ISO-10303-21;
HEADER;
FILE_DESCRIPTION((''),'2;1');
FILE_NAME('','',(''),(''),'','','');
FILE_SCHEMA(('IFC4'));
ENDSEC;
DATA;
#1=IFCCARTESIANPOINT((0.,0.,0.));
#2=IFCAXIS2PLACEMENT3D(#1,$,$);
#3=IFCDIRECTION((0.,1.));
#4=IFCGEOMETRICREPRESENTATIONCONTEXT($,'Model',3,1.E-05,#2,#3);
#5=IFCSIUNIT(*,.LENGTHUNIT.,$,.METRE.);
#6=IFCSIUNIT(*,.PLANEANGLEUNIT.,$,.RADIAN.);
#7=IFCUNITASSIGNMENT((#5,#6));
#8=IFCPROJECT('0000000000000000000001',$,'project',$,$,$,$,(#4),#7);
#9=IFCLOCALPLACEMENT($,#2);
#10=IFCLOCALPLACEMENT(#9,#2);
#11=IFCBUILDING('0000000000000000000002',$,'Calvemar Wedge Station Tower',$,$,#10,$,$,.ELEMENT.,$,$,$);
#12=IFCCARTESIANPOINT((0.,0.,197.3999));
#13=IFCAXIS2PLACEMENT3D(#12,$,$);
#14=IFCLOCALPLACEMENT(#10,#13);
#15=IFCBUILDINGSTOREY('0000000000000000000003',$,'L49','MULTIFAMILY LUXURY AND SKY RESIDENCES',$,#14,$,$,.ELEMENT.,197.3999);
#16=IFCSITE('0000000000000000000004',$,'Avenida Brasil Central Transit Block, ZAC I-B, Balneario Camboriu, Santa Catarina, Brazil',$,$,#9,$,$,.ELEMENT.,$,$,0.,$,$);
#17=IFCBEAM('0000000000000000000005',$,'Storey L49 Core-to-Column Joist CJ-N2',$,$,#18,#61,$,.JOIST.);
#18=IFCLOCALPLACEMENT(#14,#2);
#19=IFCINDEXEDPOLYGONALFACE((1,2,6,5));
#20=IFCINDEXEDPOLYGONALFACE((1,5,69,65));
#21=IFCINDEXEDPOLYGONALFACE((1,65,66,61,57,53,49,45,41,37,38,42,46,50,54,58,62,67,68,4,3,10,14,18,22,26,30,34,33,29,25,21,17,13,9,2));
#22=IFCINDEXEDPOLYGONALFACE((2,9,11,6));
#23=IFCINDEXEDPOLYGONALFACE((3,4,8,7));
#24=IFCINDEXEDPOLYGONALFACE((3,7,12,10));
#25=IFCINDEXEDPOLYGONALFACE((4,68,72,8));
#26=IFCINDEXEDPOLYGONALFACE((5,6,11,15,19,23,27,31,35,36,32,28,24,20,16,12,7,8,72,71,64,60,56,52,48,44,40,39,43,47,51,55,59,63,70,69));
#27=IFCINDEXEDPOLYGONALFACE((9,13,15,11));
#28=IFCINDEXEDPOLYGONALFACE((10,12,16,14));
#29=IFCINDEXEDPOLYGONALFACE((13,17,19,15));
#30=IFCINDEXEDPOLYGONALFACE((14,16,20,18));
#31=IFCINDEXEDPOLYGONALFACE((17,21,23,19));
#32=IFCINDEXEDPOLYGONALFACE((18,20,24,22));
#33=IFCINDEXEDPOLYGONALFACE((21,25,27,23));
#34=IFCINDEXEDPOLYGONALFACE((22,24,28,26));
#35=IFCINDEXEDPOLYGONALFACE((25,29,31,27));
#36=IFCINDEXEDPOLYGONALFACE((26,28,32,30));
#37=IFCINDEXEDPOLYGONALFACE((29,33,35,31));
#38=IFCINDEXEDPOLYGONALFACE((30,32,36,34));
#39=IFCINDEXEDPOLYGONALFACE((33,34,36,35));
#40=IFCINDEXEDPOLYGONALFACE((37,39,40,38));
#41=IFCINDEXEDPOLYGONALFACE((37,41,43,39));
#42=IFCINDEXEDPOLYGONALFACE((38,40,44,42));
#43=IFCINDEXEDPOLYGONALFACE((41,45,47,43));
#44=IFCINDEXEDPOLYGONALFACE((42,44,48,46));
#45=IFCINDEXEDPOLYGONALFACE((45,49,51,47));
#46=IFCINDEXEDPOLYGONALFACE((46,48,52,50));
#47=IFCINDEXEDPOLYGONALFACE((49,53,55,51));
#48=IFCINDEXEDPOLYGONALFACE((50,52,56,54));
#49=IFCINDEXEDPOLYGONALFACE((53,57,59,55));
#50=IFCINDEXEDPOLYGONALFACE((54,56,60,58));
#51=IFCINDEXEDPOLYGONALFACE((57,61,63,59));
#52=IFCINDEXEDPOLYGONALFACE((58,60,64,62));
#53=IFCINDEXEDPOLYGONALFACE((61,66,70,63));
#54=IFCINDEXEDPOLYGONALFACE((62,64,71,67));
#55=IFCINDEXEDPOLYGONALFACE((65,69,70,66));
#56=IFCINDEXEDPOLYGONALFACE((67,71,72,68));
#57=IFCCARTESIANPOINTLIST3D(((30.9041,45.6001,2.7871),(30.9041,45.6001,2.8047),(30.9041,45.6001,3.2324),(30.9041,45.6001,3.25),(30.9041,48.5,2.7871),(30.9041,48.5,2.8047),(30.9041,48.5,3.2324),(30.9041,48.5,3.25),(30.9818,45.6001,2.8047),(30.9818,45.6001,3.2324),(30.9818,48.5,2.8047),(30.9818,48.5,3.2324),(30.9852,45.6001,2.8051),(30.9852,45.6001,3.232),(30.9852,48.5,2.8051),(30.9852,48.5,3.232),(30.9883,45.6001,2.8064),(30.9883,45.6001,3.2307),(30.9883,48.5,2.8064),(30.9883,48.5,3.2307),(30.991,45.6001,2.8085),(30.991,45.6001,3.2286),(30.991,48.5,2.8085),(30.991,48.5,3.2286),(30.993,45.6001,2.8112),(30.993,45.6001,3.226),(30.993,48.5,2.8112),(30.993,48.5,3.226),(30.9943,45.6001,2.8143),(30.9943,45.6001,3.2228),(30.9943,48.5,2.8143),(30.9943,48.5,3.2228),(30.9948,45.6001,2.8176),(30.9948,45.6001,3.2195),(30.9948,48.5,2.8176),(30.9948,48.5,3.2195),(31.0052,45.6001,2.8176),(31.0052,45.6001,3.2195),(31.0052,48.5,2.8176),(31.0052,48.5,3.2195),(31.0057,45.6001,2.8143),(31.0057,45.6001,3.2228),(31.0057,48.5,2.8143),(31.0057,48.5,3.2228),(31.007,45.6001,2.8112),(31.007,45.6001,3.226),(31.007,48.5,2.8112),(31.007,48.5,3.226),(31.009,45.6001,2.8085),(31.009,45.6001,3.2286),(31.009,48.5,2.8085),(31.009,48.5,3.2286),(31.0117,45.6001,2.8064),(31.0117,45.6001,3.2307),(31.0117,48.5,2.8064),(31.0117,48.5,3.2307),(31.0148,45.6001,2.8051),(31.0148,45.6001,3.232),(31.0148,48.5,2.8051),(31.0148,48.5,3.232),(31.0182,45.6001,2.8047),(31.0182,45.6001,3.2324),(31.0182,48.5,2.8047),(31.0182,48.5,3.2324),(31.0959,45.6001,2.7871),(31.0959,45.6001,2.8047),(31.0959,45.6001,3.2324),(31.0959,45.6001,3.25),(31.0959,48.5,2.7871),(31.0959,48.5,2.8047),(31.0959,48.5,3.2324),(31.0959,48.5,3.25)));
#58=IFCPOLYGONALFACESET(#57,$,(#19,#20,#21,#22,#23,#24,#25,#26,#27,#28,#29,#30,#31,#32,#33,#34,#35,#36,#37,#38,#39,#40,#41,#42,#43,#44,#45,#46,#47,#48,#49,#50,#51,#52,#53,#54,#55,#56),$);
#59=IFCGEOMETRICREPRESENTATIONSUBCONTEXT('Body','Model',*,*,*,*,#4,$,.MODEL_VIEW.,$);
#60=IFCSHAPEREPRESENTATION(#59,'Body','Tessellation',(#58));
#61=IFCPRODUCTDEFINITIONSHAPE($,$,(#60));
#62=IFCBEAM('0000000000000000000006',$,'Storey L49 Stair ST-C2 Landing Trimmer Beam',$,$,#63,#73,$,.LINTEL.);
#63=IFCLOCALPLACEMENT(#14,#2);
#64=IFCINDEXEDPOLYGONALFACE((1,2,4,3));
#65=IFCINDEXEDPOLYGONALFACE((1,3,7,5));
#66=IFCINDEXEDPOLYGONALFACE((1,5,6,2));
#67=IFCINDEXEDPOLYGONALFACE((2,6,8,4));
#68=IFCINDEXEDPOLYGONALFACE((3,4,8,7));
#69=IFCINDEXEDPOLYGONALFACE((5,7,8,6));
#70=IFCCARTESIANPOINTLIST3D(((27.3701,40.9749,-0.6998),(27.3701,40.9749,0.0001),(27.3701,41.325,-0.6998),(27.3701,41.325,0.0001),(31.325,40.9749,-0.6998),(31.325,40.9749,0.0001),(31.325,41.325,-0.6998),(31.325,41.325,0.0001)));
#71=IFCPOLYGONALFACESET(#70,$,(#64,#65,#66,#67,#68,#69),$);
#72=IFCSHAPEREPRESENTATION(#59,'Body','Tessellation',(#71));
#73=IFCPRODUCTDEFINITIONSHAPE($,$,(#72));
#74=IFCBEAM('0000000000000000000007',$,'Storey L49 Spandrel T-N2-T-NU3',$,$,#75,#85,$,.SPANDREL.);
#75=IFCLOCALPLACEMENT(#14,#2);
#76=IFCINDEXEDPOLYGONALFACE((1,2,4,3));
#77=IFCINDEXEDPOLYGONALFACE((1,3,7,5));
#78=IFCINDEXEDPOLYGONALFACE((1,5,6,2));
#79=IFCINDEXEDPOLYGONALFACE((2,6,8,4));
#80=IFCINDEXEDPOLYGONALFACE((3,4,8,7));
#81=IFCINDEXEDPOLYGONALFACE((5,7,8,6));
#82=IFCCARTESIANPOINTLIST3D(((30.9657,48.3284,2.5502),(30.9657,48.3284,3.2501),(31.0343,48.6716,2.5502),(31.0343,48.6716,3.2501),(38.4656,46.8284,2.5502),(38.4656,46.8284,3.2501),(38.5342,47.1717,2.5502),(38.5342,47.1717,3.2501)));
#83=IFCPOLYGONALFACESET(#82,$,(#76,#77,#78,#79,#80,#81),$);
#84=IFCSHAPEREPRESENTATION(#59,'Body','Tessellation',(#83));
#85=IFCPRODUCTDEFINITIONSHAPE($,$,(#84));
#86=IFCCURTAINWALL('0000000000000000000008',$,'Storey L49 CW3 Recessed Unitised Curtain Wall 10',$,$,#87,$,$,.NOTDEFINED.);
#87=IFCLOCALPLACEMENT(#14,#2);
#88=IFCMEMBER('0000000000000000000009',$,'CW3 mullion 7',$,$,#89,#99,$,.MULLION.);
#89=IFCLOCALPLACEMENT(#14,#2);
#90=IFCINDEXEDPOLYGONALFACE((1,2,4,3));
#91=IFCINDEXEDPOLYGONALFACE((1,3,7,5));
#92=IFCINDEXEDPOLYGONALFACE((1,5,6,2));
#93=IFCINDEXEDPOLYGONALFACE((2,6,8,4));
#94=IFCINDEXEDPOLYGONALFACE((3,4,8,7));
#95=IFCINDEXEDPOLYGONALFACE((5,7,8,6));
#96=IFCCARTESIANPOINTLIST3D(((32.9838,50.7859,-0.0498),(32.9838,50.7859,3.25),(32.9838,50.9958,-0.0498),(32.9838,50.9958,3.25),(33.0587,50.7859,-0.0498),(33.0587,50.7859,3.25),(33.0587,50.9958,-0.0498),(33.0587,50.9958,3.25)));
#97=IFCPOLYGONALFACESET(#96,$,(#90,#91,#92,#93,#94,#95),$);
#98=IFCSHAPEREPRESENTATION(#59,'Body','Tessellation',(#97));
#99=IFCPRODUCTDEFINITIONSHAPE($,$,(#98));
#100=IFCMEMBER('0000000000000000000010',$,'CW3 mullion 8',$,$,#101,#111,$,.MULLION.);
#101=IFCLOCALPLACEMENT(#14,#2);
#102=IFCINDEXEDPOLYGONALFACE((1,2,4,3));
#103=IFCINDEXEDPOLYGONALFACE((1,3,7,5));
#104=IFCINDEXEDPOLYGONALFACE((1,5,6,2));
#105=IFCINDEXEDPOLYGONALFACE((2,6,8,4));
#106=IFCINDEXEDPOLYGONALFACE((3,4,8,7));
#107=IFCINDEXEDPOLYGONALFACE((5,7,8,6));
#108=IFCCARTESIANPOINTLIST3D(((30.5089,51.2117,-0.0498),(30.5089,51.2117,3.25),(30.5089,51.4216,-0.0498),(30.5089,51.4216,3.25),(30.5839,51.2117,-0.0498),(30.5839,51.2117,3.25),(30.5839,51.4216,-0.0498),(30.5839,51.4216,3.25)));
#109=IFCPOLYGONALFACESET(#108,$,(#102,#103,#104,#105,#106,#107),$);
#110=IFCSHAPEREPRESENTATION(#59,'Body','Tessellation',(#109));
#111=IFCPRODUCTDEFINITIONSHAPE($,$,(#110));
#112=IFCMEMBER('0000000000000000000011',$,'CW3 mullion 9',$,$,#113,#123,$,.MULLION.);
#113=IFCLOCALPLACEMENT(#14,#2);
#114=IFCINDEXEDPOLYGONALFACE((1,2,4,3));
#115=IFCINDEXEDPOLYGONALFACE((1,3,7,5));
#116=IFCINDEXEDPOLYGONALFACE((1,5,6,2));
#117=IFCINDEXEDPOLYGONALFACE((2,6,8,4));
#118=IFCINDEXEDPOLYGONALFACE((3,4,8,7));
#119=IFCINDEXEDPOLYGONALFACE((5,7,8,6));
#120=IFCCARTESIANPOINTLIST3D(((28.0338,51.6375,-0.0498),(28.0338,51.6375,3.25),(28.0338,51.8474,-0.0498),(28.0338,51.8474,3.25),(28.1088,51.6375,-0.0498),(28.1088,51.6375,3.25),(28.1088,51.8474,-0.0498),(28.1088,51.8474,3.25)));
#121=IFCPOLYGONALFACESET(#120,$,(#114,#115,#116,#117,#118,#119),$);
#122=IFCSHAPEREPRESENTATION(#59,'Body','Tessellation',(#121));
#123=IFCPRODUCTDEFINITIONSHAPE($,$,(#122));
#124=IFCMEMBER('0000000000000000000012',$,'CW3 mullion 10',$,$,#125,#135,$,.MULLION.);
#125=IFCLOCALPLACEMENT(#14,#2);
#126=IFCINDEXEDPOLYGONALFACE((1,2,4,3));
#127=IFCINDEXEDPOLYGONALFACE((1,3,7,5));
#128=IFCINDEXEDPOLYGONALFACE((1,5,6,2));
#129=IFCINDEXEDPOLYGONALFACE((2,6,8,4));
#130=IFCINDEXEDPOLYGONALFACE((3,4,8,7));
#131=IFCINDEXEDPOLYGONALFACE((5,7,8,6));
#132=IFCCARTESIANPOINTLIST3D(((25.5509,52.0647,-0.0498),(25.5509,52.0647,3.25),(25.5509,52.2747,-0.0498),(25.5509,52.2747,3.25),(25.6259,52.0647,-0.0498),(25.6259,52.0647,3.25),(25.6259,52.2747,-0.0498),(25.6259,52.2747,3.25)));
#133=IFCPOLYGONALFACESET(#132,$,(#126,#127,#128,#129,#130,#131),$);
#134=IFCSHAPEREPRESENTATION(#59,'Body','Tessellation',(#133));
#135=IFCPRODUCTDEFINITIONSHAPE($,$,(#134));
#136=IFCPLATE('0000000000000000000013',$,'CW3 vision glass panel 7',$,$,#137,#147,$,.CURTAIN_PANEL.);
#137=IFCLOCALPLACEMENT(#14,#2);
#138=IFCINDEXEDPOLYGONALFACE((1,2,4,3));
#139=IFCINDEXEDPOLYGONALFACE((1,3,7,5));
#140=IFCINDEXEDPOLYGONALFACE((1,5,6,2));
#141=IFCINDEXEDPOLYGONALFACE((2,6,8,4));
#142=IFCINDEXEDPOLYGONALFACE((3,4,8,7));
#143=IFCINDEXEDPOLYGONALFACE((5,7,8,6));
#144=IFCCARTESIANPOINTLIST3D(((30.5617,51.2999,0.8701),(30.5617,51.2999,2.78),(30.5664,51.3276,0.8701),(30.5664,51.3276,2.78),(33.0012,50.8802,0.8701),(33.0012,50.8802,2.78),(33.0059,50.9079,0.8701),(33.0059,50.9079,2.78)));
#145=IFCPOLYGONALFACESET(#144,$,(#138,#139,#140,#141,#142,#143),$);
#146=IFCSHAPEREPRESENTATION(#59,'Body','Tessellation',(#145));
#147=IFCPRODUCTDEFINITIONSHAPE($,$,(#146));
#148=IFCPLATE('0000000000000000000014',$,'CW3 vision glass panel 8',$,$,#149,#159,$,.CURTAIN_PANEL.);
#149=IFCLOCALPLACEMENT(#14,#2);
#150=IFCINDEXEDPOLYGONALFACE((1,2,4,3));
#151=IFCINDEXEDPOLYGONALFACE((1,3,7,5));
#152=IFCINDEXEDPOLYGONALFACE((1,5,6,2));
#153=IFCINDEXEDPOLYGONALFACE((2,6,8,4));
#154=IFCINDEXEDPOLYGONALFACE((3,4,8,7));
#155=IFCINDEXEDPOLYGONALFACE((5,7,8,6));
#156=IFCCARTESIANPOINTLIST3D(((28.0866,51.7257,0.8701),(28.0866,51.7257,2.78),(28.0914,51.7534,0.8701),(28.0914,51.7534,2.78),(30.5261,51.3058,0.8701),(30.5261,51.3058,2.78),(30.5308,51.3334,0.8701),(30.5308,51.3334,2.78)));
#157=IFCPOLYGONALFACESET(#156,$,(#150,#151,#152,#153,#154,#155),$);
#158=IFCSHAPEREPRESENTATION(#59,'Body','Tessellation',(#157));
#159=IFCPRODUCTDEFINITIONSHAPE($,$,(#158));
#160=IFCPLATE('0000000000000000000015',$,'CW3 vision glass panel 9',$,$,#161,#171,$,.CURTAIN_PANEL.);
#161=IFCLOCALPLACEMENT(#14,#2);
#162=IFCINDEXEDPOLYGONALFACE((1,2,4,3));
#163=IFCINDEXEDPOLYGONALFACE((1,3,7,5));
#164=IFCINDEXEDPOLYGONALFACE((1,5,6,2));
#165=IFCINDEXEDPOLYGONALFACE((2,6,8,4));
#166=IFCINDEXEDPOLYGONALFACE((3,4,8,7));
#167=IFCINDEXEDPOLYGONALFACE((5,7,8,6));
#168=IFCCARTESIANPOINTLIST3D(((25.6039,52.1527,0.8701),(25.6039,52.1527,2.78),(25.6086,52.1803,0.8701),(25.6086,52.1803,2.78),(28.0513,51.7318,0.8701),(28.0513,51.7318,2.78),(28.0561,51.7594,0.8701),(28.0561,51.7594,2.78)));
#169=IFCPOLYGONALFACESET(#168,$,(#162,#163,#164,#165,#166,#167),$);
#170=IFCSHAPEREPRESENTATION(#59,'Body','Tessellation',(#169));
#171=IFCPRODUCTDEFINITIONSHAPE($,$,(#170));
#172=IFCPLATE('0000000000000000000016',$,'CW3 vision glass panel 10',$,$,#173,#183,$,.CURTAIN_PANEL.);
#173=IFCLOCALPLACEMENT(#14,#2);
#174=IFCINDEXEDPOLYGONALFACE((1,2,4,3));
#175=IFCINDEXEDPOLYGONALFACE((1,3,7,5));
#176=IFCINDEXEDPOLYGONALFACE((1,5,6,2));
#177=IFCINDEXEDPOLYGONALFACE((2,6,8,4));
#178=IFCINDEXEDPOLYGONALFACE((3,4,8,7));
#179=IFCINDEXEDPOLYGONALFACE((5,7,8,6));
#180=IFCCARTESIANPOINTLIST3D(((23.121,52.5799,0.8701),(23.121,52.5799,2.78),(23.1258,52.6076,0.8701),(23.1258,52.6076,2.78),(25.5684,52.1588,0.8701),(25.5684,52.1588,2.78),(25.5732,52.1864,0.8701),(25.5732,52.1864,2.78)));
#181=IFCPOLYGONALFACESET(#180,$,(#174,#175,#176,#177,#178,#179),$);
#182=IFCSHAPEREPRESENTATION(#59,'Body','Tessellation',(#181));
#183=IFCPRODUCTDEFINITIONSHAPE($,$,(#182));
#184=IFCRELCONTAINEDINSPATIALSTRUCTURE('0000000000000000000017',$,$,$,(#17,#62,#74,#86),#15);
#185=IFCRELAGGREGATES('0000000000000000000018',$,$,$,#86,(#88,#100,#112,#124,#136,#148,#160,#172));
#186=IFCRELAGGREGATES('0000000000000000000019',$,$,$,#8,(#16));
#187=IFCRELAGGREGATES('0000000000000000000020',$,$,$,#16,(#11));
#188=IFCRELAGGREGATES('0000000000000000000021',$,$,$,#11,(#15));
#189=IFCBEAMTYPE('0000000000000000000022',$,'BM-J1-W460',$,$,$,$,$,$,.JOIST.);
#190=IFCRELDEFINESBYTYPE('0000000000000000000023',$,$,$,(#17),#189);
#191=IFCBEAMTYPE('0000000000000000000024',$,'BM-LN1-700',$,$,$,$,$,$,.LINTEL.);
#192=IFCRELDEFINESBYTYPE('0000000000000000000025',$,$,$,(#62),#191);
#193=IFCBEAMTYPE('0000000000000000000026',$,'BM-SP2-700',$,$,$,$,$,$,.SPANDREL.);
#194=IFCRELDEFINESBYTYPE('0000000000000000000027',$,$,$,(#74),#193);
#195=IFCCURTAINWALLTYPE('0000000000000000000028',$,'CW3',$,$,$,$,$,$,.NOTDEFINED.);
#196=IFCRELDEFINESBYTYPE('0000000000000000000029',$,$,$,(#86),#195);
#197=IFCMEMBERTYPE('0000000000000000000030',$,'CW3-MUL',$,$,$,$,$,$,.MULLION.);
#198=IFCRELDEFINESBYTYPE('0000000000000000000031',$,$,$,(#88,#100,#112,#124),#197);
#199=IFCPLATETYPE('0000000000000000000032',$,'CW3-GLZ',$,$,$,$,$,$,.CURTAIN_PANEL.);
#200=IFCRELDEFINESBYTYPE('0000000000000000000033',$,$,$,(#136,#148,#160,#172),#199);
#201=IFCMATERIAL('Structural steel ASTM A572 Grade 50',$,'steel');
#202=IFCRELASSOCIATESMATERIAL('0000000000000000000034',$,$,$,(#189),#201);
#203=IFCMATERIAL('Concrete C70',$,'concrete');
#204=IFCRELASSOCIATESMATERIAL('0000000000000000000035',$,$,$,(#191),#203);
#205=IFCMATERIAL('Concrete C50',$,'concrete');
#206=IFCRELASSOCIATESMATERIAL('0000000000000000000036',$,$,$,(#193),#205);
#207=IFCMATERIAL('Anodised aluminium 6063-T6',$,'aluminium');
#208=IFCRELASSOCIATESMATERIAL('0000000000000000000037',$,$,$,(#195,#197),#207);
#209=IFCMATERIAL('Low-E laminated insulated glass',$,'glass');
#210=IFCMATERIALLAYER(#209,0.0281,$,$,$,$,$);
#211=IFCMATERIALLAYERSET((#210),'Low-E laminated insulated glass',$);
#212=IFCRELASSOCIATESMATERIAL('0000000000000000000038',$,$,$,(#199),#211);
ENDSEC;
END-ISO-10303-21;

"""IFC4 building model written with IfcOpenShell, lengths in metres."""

from ifc_helpers import new_model, si_unit, direction, frame, frame_2d, origin, origin_2d, place, context, subcontext, project, spatial, rectangle, i_section, extrude, source, transform, mapped, material, layer, layer_set, material_profile, profile_set, type_object, element, aggregate, save


model = new_model("IFC4")

# Units and contexts
model_context = context("Model", 3, precision=1e-05, world=origin(), true_north=direction((0.0, 1.0)))
body_context = subcontext(model_context, "Body", "Model", "MODEL_VIEW")
ifc_project = project(units=[si_unit("LENGTHUNIT", "METRE"), si_unit("PLANEANGLEUNIT", "RADIAN")], contexts=[model_context])

# Site, building, storey
site_placement = place(None, origin())
site = spatial("IfcSite", under=ifc_project, at=site_placement, Name="Avenida Brasil Central Transit Block, ZAC I-B, Balneario Camboriu, Santa Catarina, Brazil", CompositionType="ELEMENT", RefElevation=0.0)
building_placement = place(site_placement, origin())
building = spatial("IfcBuilding", under=site, at=building_placement, Name="Calvemar Wedge Station Tower", CompositionType="ELEMENT")
storey_placement = place(building_placement, frame((0.0, 0.0, 197.3999)))
storey = spatial("IfcBuildingStorey", under=building, at=storey_placement, Name="L49", Description="MULTIFAMILY LUXURY AND SKY RESIDENCES", CompositionType="ELEMENT", Elevation=197.3999)

# Shared definitions
ifc_material_1 = material(Name="Concrete C50", Category="concrete")

# Beams
ifc_material_2 = material(Name="Structural steel ASTM A572 Grade 50", Category="steel")
ifc_material_profile_1 = material_profile(ifc_material_2, i_section(OverallWidth=0.1919, OverallDepth=0.4629, WebThickness=0.0105, FlangeThickness=0.0176, FilletRadius=0.0129, at=origin_2d()), Name="W460x89")
ifc_profile_set_1 = profile_set([ifc_material_profile_1], Name="Structural steel ASTM A572 Grade 50")
beam_type_1 = type_object("IfcBeamType", Name="BM-J1-W460", PredefinedType="JOIST", material=ifc_profile_set_1)
shared_shape_1 = source(origin(), body_context, "Body", "SweptSolid", [
    extrude(i_section(OverallWidth=0.1919, OverallDepth=0.4629, WebThickness=0.0105, FlangeThickness=0.0176, FilletRadius=0.0129, at=origin_2d()), origin(), (0.0, 0.0, 1.0), 2.8999),
])
beam_1_placement = place(storey_placement, frame((31.0, 45.6001, 3.0186), z_axis=(0.0, 1.0, 0.0), x_axis=(-1.0, 0.0, 0.0)))
element("IfcBeam", 1, at=beam_1_placement, inside=storey, type_object=beam_type_1, Name="Storey L49 Core-to-Column Joist CJ-N2", PredefinedType="JOIST", context=body_context, shape_type="MappedRepresentation", body=[
    mapped(shared_shape_1, transform((0.0, 0.0, 0.0), scale=1.0)),
])
ifc_material_3 = material(Name="Concrete C70", Category="concrete")
ifc_material_profile_2 = material_profile(ifc_material_3, rectangle(XDim=0.3501, YDim=0.7, at=origin_2d()), Name="RC350x700")
ifc_profile_set_2 = profile_set([ifc_material_profile_2], Name="Concrete C70")
beam_type_2 = type_object("IfcBeamType", Name="BM-LN1-700", PredefinedType="LINTEL", material=ifc_profile_set_2)
shared_shape_2 = source(origin(), body_context, "Body", "SweptSolid", [
    extrude(rectangle(XDim=0.3501, YDim=0.7, at=origin_2d()), origin(), (0.0, 0.0, 1.0), 3.9548),
])
beam_2_placement = place(storey_placement, frame((27.3701, 41.1499, -0.3499), z_axis=(1.0, 0.0, 0.0), x_axis=(0.0, 1.0, 0.0)))
element("IfcBeam", 2, at=beam_2_placement, inside=storey, type_object=beam_type_2, Name="Storey L49 Stair ST-C2 Landing Trimmer Beam", PredefinedType="LINTEL", context=body_context, shape_type="MappedRepresentation", body=[
    mapped(shared_shape_2, transform((0.0, 0.0, 0.0), scale=1.0)),
])
ifc_material_profile_3 = material_profile(ifc_material_1, rectangle(XDim=0.3501, YDim=0.7, at=origin_2d()), Name="RC350x700")
ifc_profile_set_3 = profile_set([ifc_material_profile_3], Name="Concrete C50")
beam_type_3 = type_object("IfcBeamType", Name="BM-SP2-700", PredefinedType="SPANDREL", material=ifc_profile_set_3)
shared_shape_3 = source(origin(), body_context, "Body", "SweptSolid", [
    extrude(rectangle(XDim=0.3501, YDim=0.7, at=origin_2d()), origin(), (0.0, 0.0, 1.0), 7.6484),
])
beam_3_placement = place(storey_placement, frame((31.0, 48.5, 2.9001), z_axis=(0.980581, -0.196116, 0.0), x_axis=(0.196116, 0.980581, 0.0)))
element("IfcBeam", 3, at=beam_3_placement, inside=storey, type_object=beam_type_3, Name="Storey L49 Spandrel T-N2-T-NU3", PredefinedType="SPANDREL", context=body_context, shape_type="MappedRepresentation", body=[
    mapped(shared_shape_3, transform((0.0, 0.0, 0.0), scale=1.0)),
])

# Curtain wall, members, plates
ifc_material_4 = material(Name="Anodised aluminium 6063-T6", Category="aluminium")
curtain_wall_type = type_object("IfcCurtainWallType", Name="CW3", PredefinedType="NOTDEFINED", material=ifc_material_4)
curtain_wall_placement = place(storey_placement, origin())
curtain_wall = element("IfcCurtainWall", 4, at=curtain_wall_placement, inside=storey, type_object=curtain_wall_type, Name="Storey L49 CW3 Recessed Unitised Curtain Wall 10", PredefinedType="NOTDEFINED")
ifc_material_profile_4 = material_profile(ifc_material_4, rectangle(XDim=0.075, YDim=0.21, at=origin_2d()), Name="AL-MUL-75x210")
ifc_profile_set_4 = profile_set([ifc_material_profile_4], Name="Anodised aluminium 6063-T6")
member_type = type_object("IfcMemberType", Name="CW3-MUL", PredefinedType="MULLION", material=ifc_profile_set_4)
shared_shape_4 = source(origin(), body_context, "Body", "SweptSolid", [
    extrude(rectangle(XDim=0.075, YDim=0.21, at=origin_2d()), origin(), (0.0, 0.0, 1.0), 3.2998),
])
member_1_placement = place(storey_placement, frame((33.0212, 50.8909, -0.0498), z_axis=(0.0, 0.0, 1.0), x_axis=(1.0, 0.0, 0.0)))
member_1 = element("IfcMember", 5, at=member_1_placement, type_object=member_type, Name="CW3 mullion 7", PredefinedType="MULLION", context=body_context, shape_type="MappedRepresentation", body=[
    mapped(shared_shape_4, transform((0.0, 0.0, 0.0), scale=1.0)),
])
member_2_placement = place(storey_placement, frame((30.5464, 51.3167, -0.0498), z_axis=(0.0, 0.0, 1.0), x_axis=(1.0, 0.0, 0.0)))
member_2 = element("IfcMember", 6, at=member_2_placement, type_object=member_type, Name="CW3 mullion 8", PredefinedType="MULLION", context=body_context, shape_type="MappedRepresentation", body=[
    mapped(shared_shape_4, transform((0.0, 0.0, 0.0), scale=1.0)),
])
member_3_placement = place(storey_placement, frame((28.0713, 51.7424, -0.0498), z_axis=(0.0, 0.0, 1.0), x_axis=(1.0, 0.0, 0.0)))
member_3 = element("IfcMember", 7, at=member_3_placement, type_object=member_type, Name="CW3 mullion 9", PredefinedType="MULLION", context=body_context, shape_type="MappedRepresentation", body=[
    mapped(shared_shape_4, transform((0.0, 0.0, 0.0), scale=1.0)),
])
member_4_placement = place(storey_placement, frame((25.5884, 52.1697, -0.0498), z_axis=(0.0, 0.0, 1.0), x_axis=(1.0, 0.0, 0.0)))
member_4 = element("IfcMember", 8, at=member_4_placement, type_object=member_type, Name="CW3 mullion 10", PredefinedType="MULLION", context=body_context, shape_type="MappedRepresentation", body=[
    mapped(shared_shape_4, transform((0.0, 0.0, 0.0), scale=1.0)),
])
ifc_material_5 = material(Name="Low-E laminated insulated glass", Category="glass")
ifc_layer_1 = layer(ifc_material_5, 0.0281)
ifc_layer_set_1 = layer_set([ifc_layer_1], Name="Low-E laminated insulated glass")
plate_type_1 = type_object("IfcPlateType", Name="CW3-GLZ", PredefinedType="CURTAIN_PANEL", material=ifc_layer_set_1)
plate_1_placement = place(storey_placement, frame((33.0037, 50.894, 0.8701), z_axis=(0.0, 0.0, 1.0), x_axis=(-0.985522, 0.169547, 0.0)))
plate_1 = element("IfcPlate", 9, at=plate_1_placement, type_object=plate_type_1, Name="CW3 vision glass panel 7", PredefinedType="CURTAIN_PANEL", context=body_context, shape_type="SweptSolid", body=[
    extrude(rectangle(XDim=2.4753, YDim=0.0281, at=frame_2d((1.2378, 0.0))), origin(), (0.0, 0.0, 1.0), 1.9099),
])
plate_2_placement = place(storey_placement, frame((30.5286, 51.3196, 0.8701), z_axis=(0.0, 0.0, 1.0), x_axis=(-0.985506, 0.169643, 0.0)))
plate_2 = element("IfcPlate", 10, at=plate_2_placement, type_object=plate_type_1, Name="CW3 vision glass panel 8", PredefinedType="CURTAIN_PANEL", context=body_context, shape_type="SweptSolid", body=[
    extrude(rectangle(XDim=2.4753, YDim=0.0281, at=frame_2d((1.2378, 0.0))), origin(), (0.0, 0.0, 1.0), 1.9099),
])
plate_3_placement = place(storey_placement, frame((28.0537, 51.7456, 0.8701), z_axis=(0.0, 0.0, 1.0), x_axis=(-0.985533, 0.169482, 0.0)))
plate_3 = element("IfcPlate", 11, at=plate_3_placement, type_object=plate_type_1, Name="CW3 vision glass panel 9", PredefinedType="CURTAIN_PANEL", context=body_context, shape_type="SweptSolid", body=[
    extrude(rectangle(XDim=2.4834, YDim=0.0281, at=frame_2d((1.2417, 0.0))), origin(), (0.0, 0.0, 1.0), 1.9099),
])
plate_4_placement = place(storey_placement, frame((25.5708, 52.1726, 0.8701), z_axis=(0.0, 0.0, 1.0), x_axis=(-0.985517, 0.169578, 0.0)))
plate_4 = element("IfcPlate", 12, at=plate_4_placement, type_object=plate_type_1, Name="CW3 vision glass panel 10", PredefinedType="CURTAIN_PANEL", context=body_context, shape_type="SweptSolid", body=[
    extrude(rectangle(XDim=2.4834, YDim=0.0281, at=frame_2d((1.2417, 0.0))), origin(), (0.0, 0.0, 1.0), 1.9099),
])
aggregate(curtain_wall, [member_1, member_2, member_3, member_4, plate_1, plate_2, plate_3, plate_4])

save(model, "model.ifc")
